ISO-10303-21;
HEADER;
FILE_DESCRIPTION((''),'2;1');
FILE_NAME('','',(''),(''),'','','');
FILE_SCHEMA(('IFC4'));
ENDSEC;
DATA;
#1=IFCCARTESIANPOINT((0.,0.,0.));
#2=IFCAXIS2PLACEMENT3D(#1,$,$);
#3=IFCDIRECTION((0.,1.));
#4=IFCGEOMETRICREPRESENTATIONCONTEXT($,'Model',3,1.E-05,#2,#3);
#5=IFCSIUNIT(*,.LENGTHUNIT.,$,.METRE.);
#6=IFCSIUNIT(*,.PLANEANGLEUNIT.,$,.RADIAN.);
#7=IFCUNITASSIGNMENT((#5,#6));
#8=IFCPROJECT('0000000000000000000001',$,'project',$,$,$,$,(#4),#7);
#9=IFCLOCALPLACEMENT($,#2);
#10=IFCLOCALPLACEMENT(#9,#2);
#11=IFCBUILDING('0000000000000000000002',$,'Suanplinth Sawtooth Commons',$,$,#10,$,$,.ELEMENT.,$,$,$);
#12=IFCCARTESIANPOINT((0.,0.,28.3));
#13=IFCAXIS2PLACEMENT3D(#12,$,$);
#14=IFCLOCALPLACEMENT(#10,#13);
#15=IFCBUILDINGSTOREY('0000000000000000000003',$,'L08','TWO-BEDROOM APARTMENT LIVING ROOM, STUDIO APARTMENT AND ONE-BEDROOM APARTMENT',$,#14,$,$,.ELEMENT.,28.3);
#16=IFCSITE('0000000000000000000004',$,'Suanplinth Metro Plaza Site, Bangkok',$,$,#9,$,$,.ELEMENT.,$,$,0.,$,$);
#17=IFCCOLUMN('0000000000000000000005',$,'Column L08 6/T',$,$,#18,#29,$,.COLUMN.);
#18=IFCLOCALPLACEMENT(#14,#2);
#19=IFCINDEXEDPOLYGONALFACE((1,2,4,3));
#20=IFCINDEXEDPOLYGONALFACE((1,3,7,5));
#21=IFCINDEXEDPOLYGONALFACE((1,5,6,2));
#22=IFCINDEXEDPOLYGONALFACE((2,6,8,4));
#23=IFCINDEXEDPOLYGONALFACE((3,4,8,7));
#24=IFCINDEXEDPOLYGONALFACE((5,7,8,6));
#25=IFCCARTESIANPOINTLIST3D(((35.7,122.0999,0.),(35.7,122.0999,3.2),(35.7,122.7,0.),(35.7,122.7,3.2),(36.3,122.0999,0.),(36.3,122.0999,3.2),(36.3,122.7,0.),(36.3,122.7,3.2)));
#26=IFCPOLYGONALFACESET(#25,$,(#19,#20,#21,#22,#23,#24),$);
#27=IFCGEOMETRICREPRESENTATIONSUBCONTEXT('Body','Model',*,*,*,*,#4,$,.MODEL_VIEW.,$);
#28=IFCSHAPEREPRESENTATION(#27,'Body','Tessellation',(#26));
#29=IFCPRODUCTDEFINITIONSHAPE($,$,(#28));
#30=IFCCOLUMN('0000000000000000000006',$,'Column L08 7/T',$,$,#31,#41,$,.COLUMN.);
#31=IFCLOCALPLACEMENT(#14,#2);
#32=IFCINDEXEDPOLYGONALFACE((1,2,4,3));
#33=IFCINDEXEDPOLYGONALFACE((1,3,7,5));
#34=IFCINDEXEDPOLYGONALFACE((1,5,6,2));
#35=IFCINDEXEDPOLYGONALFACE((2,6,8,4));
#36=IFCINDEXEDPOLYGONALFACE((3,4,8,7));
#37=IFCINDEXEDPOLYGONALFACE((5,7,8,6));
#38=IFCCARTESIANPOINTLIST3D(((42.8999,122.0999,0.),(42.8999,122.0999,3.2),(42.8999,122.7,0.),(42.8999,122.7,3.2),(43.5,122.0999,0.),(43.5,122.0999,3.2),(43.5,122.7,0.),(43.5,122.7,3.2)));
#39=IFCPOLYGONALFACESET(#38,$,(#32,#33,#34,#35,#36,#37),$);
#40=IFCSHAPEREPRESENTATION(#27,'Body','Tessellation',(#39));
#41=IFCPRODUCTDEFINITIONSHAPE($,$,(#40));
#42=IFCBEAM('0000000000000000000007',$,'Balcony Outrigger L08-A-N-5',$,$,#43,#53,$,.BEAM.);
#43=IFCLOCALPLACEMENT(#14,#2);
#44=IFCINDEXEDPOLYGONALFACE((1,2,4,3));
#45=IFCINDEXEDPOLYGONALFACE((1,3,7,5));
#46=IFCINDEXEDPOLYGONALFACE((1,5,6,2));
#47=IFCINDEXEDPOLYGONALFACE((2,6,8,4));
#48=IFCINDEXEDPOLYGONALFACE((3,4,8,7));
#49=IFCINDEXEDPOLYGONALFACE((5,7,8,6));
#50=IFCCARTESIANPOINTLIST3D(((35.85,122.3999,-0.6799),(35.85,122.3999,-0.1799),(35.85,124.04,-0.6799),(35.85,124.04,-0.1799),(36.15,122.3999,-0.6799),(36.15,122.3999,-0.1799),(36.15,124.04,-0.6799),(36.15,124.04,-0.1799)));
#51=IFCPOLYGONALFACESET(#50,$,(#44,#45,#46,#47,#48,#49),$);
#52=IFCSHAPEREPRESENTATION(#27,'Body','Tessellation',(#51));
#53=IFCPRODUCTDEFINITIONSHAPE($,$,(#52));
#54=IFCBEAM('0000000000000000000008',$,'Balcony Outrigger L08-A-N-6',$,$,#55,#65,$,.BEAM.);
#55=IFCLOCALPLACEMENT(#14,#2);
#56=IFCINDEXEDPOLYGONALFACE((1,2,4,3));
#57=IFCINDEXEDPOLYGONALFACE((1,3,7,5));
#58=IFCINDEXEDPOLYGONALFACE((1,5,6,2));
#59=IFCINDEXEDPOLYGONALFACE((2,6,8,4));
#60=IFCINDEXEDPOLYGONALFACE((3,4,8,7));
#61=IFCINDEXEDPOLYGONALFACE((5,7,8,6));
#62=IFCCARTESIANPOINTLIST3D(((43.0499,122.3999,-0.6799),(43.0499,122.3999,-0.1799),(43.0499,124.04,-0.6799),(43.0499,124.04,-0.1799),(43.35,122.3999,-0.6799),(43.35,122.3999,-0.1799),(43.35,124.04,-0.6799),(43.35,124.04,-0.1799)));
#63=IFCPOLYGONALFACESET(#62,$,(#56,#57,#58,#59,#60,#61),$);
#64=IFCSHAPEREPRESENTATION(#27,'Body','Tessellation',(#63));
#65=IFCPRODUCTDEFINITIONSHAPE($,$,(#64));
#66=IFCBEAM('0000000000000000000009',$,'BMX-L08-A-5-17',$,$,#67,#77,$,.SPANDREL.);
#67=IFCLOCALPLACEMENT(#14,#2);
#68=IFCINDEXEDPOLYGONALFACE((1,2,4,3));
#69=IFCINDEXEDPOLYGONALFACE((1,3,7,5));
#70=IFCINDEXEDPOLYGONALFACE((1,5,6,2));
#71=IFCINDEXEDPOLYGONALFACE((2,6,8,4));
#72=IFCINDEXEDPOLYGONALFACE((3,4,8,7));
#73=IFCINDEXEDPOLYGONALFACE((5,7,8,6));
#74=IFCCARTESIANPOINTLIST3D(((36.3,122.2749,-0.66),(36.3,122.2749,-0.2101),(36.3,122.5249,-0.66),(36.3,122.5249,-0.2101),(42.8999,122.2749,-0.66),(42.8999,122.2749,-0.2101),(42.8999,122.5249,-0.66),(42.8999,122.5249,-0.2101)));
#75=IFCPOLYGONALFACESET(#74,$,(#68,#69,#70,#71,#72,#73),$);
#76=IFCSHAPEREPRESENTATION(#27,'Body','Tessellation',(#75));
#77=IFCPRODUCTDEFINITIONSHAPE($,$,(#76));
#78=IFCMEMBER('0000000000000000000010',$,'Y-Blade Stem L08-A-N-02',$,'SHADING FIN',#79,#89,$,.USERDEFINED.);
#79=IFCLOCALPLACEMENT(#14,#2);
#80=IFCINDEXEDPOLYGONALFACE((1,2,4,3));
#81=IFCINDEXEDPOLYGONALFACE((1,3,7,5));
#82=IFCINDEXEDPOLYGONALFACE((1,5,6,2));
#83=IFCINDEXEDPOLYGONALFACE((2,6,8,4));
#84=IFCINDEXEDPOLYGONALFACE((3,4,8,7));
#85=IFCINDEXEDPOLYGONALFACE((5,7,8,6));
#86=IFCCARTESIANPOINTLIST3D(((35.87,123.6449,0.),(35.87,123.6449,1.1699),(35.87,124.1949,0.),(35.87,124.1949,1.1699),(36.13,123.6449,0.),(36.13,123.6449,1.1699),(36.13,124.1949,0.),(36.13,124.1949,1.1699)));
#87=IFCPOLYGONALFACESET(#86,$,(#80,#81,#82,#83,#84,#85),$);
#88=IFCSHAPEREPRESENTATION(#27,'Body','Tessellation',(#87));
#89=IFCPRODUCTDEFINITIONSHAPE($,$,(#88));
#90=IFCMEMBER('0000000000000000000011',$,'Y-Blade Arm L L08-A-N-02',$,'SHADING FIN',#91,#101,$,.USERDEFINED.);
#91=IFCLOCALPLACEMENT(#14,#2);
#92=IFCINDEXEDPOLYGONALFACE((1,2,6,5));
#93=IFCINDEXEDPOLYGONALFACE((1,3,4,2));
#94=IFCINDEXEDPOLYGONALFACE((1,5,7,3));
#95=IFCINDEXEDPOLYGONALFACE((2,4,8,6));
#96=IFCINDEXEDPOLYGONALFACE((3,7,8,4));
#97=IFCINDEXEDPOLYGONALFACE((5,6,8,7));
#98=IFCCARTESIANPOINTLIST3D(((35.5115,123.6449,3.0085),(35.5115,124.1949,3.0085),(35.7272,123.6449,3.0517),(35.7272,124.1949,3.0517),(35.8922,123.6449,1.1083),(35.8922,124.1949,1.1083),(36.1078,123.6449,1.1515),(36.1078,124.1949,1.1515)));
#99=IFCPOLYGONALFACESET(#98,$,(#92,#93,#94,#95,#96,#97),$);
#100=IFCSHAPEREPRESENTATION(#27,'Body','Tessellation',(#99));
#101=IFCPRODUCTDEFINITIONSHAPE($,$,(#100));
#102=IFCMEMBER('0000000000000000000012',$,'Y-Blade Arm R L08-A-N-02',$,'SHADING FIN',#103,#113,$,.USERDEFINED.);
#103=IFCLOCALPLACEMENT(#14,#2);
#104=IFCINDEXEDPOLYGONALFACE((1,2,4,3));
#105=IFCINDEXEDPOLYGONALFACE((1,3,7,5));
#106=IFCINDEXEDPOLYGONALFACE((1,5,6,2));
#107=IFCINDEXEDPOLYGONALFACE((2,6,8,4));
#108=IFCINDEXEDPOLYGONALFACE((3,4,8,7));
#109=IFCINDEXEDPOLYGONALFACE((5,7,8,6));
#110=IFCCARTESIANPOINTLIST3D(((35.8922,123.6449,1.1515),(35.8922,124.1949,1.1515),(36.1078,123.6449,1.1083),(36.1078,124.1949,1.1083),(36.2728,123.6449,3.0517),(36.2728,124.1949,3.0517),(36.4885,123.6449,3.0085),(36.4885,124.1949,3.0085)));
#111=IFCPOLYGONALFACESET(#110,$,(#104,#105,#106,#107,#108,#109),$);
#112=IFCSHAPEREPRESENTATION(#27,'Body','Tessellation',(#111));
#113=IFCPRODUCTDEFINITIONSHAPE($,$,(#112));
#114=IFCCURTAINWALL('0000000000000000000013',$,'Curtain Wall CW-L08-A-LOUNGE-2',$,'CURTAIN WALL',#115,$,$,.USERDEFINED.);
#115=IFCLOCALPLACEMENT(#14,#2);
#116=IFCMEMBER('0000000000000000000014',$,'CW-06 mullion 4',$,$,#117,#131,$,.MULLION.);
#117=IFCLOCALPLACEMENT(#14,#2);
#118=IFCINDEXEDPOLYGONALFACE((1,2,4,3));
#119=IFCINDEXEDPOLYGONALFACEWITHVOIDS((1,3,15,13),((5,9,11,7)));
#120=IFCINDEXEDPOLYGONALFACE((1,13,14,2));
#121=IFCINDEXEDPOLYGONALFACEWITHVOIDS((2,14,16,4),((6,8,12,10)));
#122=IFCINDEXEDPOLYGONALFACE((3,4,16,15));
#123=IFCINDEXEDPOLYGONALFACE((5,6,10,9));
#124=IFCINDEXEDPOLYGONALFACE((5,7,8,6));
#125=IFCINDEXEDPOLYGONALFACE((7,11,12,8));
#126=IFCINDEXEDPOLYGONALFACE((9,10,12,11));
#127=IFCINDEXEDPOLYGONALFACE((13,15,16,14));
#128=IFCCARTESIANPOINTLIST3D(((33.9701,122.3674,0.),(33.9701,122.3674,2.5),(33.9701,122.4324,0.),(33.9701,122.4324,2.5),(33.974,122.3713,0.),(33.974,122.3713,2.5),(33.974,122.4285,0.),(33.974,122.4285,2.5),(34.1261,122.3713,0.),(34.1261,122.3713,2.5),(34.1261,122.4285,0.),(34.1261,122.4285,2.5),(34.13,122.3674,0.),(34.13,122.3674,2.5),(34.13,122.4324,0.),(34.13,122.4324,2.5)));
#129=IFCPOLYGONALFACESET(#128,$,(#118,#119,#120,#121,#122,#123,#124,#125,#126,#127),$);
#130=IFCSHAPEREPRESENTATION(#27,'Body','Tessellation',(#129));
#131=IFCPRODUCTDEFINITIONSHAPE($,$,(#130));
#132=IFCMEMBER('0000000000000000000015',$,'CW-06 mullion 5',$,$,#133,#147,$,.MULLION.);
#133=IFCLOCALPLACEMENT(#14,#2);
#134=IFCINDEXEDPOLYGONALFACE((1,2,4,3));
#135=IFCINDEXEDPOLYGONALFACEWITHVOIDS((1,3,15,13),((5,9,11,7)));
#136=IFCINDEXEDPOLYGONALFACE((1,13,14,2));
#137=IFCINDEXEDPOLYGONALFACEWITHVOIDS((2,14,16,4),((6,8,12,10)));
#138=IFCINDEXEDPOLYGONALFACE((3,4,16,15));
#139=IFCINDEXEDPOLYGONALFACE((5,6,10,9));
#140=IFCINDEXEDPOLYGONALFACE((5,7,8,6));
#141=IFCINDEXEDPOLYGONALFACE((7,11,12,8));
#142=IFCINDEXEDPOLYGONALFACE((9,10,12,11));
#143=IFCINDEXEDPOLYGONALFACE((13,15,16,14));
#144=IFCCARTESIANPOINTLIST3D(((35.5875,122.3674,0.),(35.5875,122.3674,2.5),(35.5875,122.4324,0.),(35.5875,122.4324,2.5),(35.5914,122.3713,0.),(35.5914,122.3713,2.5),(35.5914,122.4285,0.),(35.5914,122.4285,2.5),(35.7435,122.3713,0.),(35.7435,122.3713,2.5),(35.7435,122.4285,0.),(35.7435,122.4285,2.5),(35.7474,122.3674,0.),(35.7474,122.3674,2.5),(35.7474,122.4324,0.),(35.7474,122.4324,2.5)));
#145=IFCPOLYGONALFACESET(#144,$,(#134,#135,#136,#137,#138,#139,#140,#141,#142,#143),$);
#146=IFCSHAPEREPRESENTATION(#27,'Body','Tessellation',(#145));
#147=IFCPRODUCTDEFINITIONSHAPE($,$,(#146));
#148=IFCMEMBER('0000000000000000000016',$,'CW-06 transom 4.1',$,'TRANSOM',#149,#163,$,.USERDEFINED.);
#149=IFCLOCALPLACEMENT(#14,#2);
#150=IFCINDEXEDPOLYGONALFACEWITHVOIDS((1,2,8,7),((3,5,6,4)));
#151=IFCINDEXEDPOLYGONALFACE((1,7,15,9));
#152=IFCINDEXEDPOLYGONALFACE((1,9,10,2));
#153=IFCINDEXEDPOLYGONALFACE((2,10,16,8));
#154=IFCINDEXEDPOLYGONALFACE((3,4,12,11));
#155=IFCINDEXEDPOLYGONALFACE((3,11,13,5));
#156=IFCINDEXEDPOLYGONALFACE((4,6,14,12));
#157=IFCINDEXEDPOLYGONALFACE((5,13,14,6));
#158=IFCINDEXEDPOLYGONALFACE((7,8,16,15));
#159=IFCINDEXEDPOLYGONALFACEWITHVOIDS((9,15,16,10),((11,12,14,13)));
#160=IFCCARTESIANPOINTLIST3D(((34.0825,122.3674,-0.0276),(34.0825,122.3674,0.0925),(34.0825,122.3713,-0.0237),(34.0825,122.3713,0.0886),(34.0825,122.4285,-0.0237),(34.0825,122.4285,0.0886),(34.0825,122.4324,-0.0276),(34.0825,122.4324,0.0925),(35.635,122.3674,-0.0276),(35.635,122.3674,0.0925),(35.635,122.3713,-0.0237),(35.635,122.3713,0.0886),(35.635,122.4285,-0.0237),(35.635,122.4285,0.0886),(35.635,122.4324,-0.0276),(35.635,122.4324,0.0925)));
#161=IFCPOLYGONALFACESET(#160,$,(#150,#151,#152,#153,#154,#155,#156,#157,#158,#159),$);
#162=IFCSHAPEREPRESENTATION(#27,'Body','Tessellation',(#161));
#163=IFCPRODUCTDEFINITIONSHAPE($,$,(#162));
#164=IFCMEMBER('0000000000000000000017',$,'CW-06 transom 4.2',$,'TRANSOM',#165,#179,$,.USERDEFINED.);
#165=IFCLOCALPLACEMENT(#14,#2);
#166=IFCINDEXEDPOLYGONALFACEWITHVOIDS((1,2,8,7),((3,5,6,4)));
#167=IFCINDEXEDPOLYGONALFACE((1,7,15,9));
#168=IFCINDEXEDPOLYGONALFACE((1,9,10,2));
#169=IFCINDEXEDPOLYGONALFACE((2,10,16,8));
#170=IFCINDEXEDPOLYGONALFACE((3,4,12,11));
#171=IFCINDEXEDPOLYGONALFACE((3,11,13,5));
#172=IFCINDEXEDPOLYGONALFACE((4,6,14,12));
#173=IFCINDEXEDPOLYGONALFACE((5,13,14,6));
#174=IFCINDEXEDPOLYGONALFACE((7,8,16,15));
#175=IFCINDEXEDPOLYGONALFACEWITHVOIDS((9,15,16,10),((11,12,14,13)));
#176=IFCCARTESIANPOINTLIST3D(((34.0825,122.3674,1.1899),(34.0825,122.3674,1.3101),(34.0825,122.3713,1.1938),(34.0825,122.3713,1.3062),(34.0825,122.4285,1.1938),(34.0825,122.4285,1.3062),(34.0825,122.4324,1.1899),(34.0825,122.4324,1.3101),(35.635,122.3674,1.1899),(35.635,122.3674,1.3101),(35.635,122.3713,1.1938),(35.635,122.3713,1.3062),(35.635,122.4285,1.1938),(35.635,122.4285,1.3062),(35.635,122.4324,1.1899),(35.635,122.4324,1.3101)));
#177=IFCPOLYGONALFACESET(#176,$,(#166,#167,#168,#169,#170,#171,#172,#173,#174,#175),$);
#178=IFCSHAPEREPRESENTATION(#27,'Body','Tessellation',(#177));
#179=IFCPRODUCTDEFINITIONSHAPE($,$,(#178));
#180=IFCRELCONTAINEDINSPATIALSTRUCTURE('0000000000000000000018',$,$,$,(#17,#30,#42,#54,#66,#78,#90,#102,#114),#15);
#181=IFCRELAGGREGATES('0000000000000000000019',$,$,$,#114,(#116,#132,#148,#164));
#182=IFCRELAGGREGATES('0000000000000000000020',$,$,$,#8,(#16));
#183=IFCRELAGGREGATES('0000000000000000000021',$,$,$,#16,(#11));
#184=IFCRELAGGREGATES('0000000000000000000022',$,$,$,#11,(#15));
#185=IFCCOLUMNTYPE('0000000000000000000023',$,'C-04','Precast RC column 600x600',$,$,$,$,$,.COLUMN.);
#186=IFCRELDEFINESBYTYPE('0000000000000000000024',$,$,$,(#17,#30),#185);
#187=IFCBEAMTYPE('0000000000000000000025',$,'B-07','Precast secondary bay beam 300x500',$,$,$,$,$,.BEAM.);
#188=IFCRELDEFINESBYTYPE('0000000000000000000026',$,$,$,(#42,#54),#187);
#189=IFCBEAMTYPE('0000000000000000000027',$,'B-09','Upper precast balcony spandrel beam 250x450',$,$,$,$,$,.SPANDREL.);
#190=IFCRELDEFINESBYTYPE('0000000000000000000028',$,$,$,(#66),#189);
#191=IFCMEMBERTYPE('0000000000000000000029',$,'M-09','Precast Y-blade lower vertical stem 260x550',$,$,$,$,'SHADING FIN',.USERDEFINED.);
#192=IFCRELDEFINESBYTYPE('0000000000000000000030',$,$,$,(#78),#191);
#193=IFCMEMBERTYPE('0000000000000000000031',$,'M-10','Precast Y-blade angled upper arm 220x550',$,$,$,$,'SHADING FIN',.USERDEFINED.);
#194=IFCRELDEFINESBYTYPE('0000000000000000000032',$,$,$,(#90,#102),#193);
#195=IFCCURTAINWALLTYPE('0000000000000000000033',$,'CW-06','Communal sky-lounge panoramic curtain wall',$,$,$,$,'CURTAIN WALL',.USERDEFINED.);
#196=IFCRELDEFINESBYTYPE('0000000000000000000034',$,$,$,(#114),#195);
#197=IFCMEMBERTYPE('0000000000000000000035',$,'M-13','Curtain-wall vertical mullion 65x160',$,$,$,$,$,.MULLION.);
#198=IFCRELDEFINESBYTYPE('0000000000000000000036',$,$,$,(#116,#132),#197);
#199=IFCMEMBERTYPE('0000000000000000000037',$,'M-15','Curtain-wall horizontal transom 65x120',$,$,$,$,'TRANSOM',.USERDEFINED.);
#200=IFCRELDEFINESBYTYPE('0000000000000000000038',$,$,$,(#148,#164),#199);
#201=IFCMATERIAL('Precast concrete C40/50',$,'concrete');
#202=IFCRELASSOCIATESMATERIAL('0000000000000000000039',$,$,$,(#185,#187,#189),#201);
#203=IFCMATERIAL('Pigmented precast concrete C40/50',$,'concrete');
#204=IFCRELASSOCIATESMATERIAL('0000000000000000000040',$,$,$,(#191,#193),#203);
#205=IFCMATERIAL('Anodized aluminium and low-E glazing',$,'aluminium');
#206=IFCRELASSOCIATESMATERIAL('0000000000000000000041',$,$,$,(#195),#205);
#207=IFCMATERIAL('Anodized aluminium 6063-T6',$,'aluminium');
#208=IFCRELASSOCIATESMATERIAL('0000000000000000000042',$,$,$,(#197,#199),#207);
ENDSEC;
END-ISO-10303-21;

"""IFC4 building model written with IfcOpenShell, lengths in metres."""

from ifc_helpers import new_model, si_unit, direction, frame, origin, origin_2d, place, context, subcontext, project, spatial, rectangle, hollow_rectangle, extrude, material, material_profile, profile_set, type_object, element, aggregate, save


model = new_model("IFC4")

# Units and contexts
model_context = context("Model", 3, precision=1e-05, world=origin(), true_north=direction((0.0, 1.0)))
body_context = subcontext(model_context, "Body", "Model", "MODEL_VIEW")
ifc_project = project(units=[si_unit("LENGTHUNIT", "METRE"), si_unit("PLANEANGLEUNIT", "RADIAN")], contexts=[model_context])

# Site, building, storey
site_placement = place(None, origin())
site = spatial("IfcSite", under=ifc_project, at=site_placement, Name="Suanplinth Metro Plaza Site, Bangkok", CompositionType="ELEMENT", RefElevation=0.0)
building_placement = place(site_placement, origin())
building = spatial("IfcBuilding", under=site, at=building_placement, Name="Suanplinth Sawtooth Commons", CompositionType="ELEMENT")
storey_placement = place(building_placement, frame((0.0, 0.0, 28.3)))
storey = spatial("IfcBuildingStorey", under=building, at=storey_placement, Name="L08", Description="TWO-BEDROOM APARTMENT LIVING ROOM, STUDIO APARTMENT AND ONE-BEDROOM APARTMENT", CompositionType="ELEMENT", Elevation=28.3)

# Columns
ifc_material_1 = material(Name="Precast concrete C40/50", Category="concrete")
ifc_material_profile_1 = material_profile(ifc_material_1, rectangle(XDim=0.6001, YDim=0.6001, at=origin_2d()), Name="PC-COL 600x600")
ifc_profile_set_1 = profile_set([ifc_material_profile_1], Name="Precast concrete C40/50")
column_type = type_object("IfcColumnType", Name="C-04", Description="Precast RC column 600x600", PredefinedType="COLUMN", material=ifc_profile_set_1)
for number, where, z_axis, x_axis, name in (
    (1, (36.0, 122.3999, 0.0), (0.0, 0.0, 1.0), (1.0, 0.0, 0.0), "Column L08 6/T"),
    (2, (43.2, 122.3999, 0.0), (0.0, 0.0, 1.0), (1.0, 0.0, 0.0), "Column L08 7/T"),
):
    element("IfcColumn", number, at=place(storey_placement, frame(where, z_axis=z_axis, x_axis=x_axis)), inside=storey, type_object=column_type, Name=name, PredefinedType="COLUMN", context=body_context, shape_type="SweptSolid", body=[
        extrude(rectangle(XDim=0.6001, YDim=0.6001, at=origin_2d()), origin(), (0.0, 0.0, 1.0), 3.2),
    ])

# Beams
ifc_material_profile_2 = material_profile(ifc_material_1, rectangle(XDim=0.3, YDim=0.5, at=origin_2d()), Name="PC-BM 300x500")
ifc_profile_set_2 = profile_set([ifc_material_profile_2], Name="Precast concrete C40/50")
beam_type_1 = type_object("IfcBeamType", Name="B-07", Description="Precast secondary bay beam 300x500", PredefinedType="BEAM", material=ifc_profile_set_2)
for number, where, z_axis, x_axis, name in (
    (3, (36.0, 122.3999, -0.4299), (0.0, 1.0, 0.0), (-1.0, 0.0, 0.0), "Balcony Outrigger L08-A-N-5"),
    (4, (43.2, 122.3999, -0.4299), (0.0, 1.0, 0.0), (-1.0, 0.0, 0.0), "Balcony Outrigger L08-A-N-6"),
):
    element("IfcBeam", number, at=place(storey_placement, frame(where, z_axis=z_axis, x_axis=x_axis)), inside=storey, type_object=beam_type_1, Name=name, PredefinedType="BEAM", context=body_context, shape_type="SweptSolid", body=[
        extrude(rectangle(XDim=0.3, YDim=0.5, at=origin_2d()), origin(), (0.0, 0.0, 1.0), 1.6401),
    ])
ifc_material_profile_3 = material_profile(ifc_material_1, rectangle(XDim=0.25, YDim=0.45, at=origin_2d()), Name="PC-SP 250x450")
ifc_profile_set_3 = profile_set([ifc_material_profile_3], Name="Precast concrete C40/50")
beam_type_2 = type_object("IfcBeamType", Name="B-09", Description="Upper precast balcony spandrel beam 250x450", PredefinedType="SPANDREL", material=ifc_profile_set_3)
beam_placement = place(storey_placement, frame((36.3, 122.3999, -0.4351), z_axis=(1.0, 0.0, 0.0), x_axis=(0.0, 1.0, 0.0)))
element("IfcBeam", 5, at=beam_placement, inside=storey, type_object=beam_type_2, Name="BMX-L08-A-5-17", PredefinedType="SPANDREL", context=body_context, shape_type="SweptSolid", body=[
    extrude(rectangle(XDim=0.25, YDim=0.45, at=origin_2d()), origin(), (0.0, 0.0, 1.0), 6.5999),
])

# Members
ifc_material_2 = material(Name="Pigmented precast concrete C40/50", Category="concrete")
ifc_material_profile_4 = material_profile(ifc_material_2, rectangle(XDim=0.26, YDim=0.55, at=origin_2d()), Name="PC-FIN 260x550")
ifc_profile_set_4 = profile_set([ifc_material_profile_4], Name="Pigmented precast concrete C40/50")
member_type_1 = type_object("IfcMemberType", Name="M-09", Description="Precast Y-blade lower vertical stem 260x550", ElementType="SHADING FIN", PredefinedType="USERDEFINED", material=ifc_profile_set_4)
member_1_placement = place(storey_placement, frame((36.0, 123.9199, 0.0), z_axis=(0.0, 0.0, 1.0), x_axis=(1.0, 0.0, 0.0)))
element("IfcMember", 6, at=member_1_placement, inside=storey, type_object=member_type_1, Name="Y-Blade Stem L08-A-N-02", ObjectType="SHADING FIN", PredefinedType="USERDEFINED", context=body_context, shape_type="SweptSolid", body=[
    extrude(rectangle(XDim=0.26, YDim=0.55, at=origin_2d()), origin(), (0.0, 0.0, 1.0), 1.1699),
])
ifc_material_profile_5 = material_profile(ifc_material_2, rectangle(XDim=0.22, YDim=0.55, at=origin_2d()), Name="PC-FIN 220x550")
ifc_profile_set_5 = profile_set([ifc_material_profile_5], Name="Pigmented precast concrete C40/50")
member_type_2 = type_object("IfcMemberType", Name="M-10", Description="Precast Y-blade angled upper arm 220x550", ElementType="SHADING FIN", PredefinedType="USERDEFINED", material=ifc_profile_set_5)
for number, where, z_axis, x_axis, name in (
    (7, (36.0, 123.9199, 1.1299), (-0.196407, 0.0, 0.980522), (0.980522, 0.0, 0.196407), "Y-Blade Arm L L08-A-N-02"),
    (8, (36.0, 123.9199, 1.1299), (0.196407, 0.0, 0.980522), (-0.980522, 0.0, 0.196407), "Y-Blade Arm R L08-A-N-02"),
):
    element("IfcMember", number, at=place(storey_placement, frame(where, z_axis=z_axis, x_axis=x_axis)), inside=storey, type_object=member_type_2, Name=name, ObjectType="SHADING FIN", PredefinedType="USERDEFINED", context=body_context, shape_type="SweptSolid", body=[
        extrude(rectangle(XDim=0.22, YDim=0.55, at=origin_2d()), origin(), (0.0, 0.0, 1.0), 1.938),
    ])

# Curtain wall, members
ifc_material_3 = material(Name="Anodized aluminium and low-E glazing", Category="aluminium")
curtain_wall_type = type_object("IfcCurtainWallType", Name="CW-06", Description="Communal sky-lounge panoramic curtain wall", ElementType="CURTAIN WALL", PredefinedType="USERDEFINED", material=ifc_material_3)
curtain_wall_placement = place(storey_placement, origin())
curtain_wall = element("IfcCurtainWall", 9, at=curtain_wall_placement, inside=storey, type_object=curtain_wall_type, Name="Curtain Wall CW-L08-A-LOUNGE-2", ObjectType="CURTAIN WALL", PredefinedType="USERDEFINED")
ifc_material_4 = material(Name="Anodized aluminium 6063-T6", Category="aluminium")
ifc_material_profile_6 = material_profile(ifc_material_4, hollow_rectangle(XDim=0.0649, YDim=0.1599, WallThickness=0.0039, at=origin_2d()), Name="ALU-MUL 65x160")
ifc_profile_set_6 = profile_set([ifc_material_profile_6], Name="Anodized aluminium 6063-T6")
member_type_3 = type_object("IfcMemberType", Name="M-13", Description="Curtain-wall vertical mullion 65x160", PredefinedType="MULLION", material=ifc_profile_set_6)
member_2_placement = place(storey_placement, frame((34.05, 122.3999, 0.0), z_axis=(0.0, 0.0, 1.0), x_axis=(0.0, 1.0, 0.0)))
member_2 = element("IfcMember", 10, at=member_2_placement, type_object=member_type_3, Name="CW-06 mullion 4", PredefinedType="MULLION", context=body_context, shape_type="SweptSolid", body=[
    extrude(hollow_rectangle(XDim=0.0649, YDim=0.1599, WallThickness=0.0039, at=origin_2d()), origin(), (0.0, 0.0, 1.0), 2.5),
])
member_3_placement = place(storey_placement, frame((35.6675, 122.3999, 0.0), z_axis=(0.0, 0.0, 1.0), x_axis=(0.0, 1.0, 0.0)))
member_3 = element("IfcMember", 11, at=member_3_placement, type_object=member_type_3, Name="CW-06 mullion 5", PredefinedType="MULLION", context=body_context, shape_type="SweptSolid", body=[
    extrude(hollow_rectangle(XDim=0.0649, YDim=0.1599, WallThickness=0.0039, at=origin_2d()), origin(), (0.0, 0.0, 1.0), 2.5),
])
ifc_material_profile_7 = material_profile(ifc_material_4, hollow_rectangle(XDim=0.0649, YDim=0.1201, WallThickness=0.0039, at=origin_2d()), Name="ALU-TRN 65x120")
ifc_profile_set_7 = profile_set([ifc_material_profile_7], Name="Anodized aluminium 6063-T6")
member_type_4 = type_object("IfcMemberType", Name="M-15", Description="Curtain-wall horizontal transom 65x120", ElementType="TRANSOM", PredefinedType="USERDEFINED", material=ifc_profile_set_7)
member_4_placement = place(storey_placement, frame((34.0825, 122.3999, 0.0325), z_axis=(1.0, 0.0, 0.0), x_axis=(0.0, 1.0, 0.0)))
member_4 = element("IfcMember", 12, at=member_4_placement, type_object=member_type_4, Name="CW-06 transom 4.1", ObjectType="TRANSOM", PredefinedType="USERDEFINED", context=body_context, shape_type="SweptSolid", body=[
    extrude(hollow_rectangle(XDim=0.0649, YDim=0.1201, WallThickness=0.0039, at=origin_2d()), origin(), (0.0, 0.0, 1.0), 1.5525),
])
member_5_placement = place(storey_placement, frame((34.0825, 122.3999, 1.25), z_axis=(1.0, 0.0, 0.0), x_axis=(0.0, 1.0, 0.0)))
member_5 = element("IfcMember", 13, at=member_5_placement, type_object=member_type_4, Name="CW-06 transom 4.2", ObjectType="TRANSOM", PredefinedType="USERDEFINED", context=body_context, shape_type="SweptSolid", body=[
    extrude(hollow_rectangle(XDim=0.0649, YDim=0.1201, WallThickness=0.0039, at=origin_2d()), origin(), (0.0, 0.0, 1.0), 1.5525),
])

aggregate(curtain_wall, [member_2, member_3, member_4, member_5])

save(model, "model.ifc")
